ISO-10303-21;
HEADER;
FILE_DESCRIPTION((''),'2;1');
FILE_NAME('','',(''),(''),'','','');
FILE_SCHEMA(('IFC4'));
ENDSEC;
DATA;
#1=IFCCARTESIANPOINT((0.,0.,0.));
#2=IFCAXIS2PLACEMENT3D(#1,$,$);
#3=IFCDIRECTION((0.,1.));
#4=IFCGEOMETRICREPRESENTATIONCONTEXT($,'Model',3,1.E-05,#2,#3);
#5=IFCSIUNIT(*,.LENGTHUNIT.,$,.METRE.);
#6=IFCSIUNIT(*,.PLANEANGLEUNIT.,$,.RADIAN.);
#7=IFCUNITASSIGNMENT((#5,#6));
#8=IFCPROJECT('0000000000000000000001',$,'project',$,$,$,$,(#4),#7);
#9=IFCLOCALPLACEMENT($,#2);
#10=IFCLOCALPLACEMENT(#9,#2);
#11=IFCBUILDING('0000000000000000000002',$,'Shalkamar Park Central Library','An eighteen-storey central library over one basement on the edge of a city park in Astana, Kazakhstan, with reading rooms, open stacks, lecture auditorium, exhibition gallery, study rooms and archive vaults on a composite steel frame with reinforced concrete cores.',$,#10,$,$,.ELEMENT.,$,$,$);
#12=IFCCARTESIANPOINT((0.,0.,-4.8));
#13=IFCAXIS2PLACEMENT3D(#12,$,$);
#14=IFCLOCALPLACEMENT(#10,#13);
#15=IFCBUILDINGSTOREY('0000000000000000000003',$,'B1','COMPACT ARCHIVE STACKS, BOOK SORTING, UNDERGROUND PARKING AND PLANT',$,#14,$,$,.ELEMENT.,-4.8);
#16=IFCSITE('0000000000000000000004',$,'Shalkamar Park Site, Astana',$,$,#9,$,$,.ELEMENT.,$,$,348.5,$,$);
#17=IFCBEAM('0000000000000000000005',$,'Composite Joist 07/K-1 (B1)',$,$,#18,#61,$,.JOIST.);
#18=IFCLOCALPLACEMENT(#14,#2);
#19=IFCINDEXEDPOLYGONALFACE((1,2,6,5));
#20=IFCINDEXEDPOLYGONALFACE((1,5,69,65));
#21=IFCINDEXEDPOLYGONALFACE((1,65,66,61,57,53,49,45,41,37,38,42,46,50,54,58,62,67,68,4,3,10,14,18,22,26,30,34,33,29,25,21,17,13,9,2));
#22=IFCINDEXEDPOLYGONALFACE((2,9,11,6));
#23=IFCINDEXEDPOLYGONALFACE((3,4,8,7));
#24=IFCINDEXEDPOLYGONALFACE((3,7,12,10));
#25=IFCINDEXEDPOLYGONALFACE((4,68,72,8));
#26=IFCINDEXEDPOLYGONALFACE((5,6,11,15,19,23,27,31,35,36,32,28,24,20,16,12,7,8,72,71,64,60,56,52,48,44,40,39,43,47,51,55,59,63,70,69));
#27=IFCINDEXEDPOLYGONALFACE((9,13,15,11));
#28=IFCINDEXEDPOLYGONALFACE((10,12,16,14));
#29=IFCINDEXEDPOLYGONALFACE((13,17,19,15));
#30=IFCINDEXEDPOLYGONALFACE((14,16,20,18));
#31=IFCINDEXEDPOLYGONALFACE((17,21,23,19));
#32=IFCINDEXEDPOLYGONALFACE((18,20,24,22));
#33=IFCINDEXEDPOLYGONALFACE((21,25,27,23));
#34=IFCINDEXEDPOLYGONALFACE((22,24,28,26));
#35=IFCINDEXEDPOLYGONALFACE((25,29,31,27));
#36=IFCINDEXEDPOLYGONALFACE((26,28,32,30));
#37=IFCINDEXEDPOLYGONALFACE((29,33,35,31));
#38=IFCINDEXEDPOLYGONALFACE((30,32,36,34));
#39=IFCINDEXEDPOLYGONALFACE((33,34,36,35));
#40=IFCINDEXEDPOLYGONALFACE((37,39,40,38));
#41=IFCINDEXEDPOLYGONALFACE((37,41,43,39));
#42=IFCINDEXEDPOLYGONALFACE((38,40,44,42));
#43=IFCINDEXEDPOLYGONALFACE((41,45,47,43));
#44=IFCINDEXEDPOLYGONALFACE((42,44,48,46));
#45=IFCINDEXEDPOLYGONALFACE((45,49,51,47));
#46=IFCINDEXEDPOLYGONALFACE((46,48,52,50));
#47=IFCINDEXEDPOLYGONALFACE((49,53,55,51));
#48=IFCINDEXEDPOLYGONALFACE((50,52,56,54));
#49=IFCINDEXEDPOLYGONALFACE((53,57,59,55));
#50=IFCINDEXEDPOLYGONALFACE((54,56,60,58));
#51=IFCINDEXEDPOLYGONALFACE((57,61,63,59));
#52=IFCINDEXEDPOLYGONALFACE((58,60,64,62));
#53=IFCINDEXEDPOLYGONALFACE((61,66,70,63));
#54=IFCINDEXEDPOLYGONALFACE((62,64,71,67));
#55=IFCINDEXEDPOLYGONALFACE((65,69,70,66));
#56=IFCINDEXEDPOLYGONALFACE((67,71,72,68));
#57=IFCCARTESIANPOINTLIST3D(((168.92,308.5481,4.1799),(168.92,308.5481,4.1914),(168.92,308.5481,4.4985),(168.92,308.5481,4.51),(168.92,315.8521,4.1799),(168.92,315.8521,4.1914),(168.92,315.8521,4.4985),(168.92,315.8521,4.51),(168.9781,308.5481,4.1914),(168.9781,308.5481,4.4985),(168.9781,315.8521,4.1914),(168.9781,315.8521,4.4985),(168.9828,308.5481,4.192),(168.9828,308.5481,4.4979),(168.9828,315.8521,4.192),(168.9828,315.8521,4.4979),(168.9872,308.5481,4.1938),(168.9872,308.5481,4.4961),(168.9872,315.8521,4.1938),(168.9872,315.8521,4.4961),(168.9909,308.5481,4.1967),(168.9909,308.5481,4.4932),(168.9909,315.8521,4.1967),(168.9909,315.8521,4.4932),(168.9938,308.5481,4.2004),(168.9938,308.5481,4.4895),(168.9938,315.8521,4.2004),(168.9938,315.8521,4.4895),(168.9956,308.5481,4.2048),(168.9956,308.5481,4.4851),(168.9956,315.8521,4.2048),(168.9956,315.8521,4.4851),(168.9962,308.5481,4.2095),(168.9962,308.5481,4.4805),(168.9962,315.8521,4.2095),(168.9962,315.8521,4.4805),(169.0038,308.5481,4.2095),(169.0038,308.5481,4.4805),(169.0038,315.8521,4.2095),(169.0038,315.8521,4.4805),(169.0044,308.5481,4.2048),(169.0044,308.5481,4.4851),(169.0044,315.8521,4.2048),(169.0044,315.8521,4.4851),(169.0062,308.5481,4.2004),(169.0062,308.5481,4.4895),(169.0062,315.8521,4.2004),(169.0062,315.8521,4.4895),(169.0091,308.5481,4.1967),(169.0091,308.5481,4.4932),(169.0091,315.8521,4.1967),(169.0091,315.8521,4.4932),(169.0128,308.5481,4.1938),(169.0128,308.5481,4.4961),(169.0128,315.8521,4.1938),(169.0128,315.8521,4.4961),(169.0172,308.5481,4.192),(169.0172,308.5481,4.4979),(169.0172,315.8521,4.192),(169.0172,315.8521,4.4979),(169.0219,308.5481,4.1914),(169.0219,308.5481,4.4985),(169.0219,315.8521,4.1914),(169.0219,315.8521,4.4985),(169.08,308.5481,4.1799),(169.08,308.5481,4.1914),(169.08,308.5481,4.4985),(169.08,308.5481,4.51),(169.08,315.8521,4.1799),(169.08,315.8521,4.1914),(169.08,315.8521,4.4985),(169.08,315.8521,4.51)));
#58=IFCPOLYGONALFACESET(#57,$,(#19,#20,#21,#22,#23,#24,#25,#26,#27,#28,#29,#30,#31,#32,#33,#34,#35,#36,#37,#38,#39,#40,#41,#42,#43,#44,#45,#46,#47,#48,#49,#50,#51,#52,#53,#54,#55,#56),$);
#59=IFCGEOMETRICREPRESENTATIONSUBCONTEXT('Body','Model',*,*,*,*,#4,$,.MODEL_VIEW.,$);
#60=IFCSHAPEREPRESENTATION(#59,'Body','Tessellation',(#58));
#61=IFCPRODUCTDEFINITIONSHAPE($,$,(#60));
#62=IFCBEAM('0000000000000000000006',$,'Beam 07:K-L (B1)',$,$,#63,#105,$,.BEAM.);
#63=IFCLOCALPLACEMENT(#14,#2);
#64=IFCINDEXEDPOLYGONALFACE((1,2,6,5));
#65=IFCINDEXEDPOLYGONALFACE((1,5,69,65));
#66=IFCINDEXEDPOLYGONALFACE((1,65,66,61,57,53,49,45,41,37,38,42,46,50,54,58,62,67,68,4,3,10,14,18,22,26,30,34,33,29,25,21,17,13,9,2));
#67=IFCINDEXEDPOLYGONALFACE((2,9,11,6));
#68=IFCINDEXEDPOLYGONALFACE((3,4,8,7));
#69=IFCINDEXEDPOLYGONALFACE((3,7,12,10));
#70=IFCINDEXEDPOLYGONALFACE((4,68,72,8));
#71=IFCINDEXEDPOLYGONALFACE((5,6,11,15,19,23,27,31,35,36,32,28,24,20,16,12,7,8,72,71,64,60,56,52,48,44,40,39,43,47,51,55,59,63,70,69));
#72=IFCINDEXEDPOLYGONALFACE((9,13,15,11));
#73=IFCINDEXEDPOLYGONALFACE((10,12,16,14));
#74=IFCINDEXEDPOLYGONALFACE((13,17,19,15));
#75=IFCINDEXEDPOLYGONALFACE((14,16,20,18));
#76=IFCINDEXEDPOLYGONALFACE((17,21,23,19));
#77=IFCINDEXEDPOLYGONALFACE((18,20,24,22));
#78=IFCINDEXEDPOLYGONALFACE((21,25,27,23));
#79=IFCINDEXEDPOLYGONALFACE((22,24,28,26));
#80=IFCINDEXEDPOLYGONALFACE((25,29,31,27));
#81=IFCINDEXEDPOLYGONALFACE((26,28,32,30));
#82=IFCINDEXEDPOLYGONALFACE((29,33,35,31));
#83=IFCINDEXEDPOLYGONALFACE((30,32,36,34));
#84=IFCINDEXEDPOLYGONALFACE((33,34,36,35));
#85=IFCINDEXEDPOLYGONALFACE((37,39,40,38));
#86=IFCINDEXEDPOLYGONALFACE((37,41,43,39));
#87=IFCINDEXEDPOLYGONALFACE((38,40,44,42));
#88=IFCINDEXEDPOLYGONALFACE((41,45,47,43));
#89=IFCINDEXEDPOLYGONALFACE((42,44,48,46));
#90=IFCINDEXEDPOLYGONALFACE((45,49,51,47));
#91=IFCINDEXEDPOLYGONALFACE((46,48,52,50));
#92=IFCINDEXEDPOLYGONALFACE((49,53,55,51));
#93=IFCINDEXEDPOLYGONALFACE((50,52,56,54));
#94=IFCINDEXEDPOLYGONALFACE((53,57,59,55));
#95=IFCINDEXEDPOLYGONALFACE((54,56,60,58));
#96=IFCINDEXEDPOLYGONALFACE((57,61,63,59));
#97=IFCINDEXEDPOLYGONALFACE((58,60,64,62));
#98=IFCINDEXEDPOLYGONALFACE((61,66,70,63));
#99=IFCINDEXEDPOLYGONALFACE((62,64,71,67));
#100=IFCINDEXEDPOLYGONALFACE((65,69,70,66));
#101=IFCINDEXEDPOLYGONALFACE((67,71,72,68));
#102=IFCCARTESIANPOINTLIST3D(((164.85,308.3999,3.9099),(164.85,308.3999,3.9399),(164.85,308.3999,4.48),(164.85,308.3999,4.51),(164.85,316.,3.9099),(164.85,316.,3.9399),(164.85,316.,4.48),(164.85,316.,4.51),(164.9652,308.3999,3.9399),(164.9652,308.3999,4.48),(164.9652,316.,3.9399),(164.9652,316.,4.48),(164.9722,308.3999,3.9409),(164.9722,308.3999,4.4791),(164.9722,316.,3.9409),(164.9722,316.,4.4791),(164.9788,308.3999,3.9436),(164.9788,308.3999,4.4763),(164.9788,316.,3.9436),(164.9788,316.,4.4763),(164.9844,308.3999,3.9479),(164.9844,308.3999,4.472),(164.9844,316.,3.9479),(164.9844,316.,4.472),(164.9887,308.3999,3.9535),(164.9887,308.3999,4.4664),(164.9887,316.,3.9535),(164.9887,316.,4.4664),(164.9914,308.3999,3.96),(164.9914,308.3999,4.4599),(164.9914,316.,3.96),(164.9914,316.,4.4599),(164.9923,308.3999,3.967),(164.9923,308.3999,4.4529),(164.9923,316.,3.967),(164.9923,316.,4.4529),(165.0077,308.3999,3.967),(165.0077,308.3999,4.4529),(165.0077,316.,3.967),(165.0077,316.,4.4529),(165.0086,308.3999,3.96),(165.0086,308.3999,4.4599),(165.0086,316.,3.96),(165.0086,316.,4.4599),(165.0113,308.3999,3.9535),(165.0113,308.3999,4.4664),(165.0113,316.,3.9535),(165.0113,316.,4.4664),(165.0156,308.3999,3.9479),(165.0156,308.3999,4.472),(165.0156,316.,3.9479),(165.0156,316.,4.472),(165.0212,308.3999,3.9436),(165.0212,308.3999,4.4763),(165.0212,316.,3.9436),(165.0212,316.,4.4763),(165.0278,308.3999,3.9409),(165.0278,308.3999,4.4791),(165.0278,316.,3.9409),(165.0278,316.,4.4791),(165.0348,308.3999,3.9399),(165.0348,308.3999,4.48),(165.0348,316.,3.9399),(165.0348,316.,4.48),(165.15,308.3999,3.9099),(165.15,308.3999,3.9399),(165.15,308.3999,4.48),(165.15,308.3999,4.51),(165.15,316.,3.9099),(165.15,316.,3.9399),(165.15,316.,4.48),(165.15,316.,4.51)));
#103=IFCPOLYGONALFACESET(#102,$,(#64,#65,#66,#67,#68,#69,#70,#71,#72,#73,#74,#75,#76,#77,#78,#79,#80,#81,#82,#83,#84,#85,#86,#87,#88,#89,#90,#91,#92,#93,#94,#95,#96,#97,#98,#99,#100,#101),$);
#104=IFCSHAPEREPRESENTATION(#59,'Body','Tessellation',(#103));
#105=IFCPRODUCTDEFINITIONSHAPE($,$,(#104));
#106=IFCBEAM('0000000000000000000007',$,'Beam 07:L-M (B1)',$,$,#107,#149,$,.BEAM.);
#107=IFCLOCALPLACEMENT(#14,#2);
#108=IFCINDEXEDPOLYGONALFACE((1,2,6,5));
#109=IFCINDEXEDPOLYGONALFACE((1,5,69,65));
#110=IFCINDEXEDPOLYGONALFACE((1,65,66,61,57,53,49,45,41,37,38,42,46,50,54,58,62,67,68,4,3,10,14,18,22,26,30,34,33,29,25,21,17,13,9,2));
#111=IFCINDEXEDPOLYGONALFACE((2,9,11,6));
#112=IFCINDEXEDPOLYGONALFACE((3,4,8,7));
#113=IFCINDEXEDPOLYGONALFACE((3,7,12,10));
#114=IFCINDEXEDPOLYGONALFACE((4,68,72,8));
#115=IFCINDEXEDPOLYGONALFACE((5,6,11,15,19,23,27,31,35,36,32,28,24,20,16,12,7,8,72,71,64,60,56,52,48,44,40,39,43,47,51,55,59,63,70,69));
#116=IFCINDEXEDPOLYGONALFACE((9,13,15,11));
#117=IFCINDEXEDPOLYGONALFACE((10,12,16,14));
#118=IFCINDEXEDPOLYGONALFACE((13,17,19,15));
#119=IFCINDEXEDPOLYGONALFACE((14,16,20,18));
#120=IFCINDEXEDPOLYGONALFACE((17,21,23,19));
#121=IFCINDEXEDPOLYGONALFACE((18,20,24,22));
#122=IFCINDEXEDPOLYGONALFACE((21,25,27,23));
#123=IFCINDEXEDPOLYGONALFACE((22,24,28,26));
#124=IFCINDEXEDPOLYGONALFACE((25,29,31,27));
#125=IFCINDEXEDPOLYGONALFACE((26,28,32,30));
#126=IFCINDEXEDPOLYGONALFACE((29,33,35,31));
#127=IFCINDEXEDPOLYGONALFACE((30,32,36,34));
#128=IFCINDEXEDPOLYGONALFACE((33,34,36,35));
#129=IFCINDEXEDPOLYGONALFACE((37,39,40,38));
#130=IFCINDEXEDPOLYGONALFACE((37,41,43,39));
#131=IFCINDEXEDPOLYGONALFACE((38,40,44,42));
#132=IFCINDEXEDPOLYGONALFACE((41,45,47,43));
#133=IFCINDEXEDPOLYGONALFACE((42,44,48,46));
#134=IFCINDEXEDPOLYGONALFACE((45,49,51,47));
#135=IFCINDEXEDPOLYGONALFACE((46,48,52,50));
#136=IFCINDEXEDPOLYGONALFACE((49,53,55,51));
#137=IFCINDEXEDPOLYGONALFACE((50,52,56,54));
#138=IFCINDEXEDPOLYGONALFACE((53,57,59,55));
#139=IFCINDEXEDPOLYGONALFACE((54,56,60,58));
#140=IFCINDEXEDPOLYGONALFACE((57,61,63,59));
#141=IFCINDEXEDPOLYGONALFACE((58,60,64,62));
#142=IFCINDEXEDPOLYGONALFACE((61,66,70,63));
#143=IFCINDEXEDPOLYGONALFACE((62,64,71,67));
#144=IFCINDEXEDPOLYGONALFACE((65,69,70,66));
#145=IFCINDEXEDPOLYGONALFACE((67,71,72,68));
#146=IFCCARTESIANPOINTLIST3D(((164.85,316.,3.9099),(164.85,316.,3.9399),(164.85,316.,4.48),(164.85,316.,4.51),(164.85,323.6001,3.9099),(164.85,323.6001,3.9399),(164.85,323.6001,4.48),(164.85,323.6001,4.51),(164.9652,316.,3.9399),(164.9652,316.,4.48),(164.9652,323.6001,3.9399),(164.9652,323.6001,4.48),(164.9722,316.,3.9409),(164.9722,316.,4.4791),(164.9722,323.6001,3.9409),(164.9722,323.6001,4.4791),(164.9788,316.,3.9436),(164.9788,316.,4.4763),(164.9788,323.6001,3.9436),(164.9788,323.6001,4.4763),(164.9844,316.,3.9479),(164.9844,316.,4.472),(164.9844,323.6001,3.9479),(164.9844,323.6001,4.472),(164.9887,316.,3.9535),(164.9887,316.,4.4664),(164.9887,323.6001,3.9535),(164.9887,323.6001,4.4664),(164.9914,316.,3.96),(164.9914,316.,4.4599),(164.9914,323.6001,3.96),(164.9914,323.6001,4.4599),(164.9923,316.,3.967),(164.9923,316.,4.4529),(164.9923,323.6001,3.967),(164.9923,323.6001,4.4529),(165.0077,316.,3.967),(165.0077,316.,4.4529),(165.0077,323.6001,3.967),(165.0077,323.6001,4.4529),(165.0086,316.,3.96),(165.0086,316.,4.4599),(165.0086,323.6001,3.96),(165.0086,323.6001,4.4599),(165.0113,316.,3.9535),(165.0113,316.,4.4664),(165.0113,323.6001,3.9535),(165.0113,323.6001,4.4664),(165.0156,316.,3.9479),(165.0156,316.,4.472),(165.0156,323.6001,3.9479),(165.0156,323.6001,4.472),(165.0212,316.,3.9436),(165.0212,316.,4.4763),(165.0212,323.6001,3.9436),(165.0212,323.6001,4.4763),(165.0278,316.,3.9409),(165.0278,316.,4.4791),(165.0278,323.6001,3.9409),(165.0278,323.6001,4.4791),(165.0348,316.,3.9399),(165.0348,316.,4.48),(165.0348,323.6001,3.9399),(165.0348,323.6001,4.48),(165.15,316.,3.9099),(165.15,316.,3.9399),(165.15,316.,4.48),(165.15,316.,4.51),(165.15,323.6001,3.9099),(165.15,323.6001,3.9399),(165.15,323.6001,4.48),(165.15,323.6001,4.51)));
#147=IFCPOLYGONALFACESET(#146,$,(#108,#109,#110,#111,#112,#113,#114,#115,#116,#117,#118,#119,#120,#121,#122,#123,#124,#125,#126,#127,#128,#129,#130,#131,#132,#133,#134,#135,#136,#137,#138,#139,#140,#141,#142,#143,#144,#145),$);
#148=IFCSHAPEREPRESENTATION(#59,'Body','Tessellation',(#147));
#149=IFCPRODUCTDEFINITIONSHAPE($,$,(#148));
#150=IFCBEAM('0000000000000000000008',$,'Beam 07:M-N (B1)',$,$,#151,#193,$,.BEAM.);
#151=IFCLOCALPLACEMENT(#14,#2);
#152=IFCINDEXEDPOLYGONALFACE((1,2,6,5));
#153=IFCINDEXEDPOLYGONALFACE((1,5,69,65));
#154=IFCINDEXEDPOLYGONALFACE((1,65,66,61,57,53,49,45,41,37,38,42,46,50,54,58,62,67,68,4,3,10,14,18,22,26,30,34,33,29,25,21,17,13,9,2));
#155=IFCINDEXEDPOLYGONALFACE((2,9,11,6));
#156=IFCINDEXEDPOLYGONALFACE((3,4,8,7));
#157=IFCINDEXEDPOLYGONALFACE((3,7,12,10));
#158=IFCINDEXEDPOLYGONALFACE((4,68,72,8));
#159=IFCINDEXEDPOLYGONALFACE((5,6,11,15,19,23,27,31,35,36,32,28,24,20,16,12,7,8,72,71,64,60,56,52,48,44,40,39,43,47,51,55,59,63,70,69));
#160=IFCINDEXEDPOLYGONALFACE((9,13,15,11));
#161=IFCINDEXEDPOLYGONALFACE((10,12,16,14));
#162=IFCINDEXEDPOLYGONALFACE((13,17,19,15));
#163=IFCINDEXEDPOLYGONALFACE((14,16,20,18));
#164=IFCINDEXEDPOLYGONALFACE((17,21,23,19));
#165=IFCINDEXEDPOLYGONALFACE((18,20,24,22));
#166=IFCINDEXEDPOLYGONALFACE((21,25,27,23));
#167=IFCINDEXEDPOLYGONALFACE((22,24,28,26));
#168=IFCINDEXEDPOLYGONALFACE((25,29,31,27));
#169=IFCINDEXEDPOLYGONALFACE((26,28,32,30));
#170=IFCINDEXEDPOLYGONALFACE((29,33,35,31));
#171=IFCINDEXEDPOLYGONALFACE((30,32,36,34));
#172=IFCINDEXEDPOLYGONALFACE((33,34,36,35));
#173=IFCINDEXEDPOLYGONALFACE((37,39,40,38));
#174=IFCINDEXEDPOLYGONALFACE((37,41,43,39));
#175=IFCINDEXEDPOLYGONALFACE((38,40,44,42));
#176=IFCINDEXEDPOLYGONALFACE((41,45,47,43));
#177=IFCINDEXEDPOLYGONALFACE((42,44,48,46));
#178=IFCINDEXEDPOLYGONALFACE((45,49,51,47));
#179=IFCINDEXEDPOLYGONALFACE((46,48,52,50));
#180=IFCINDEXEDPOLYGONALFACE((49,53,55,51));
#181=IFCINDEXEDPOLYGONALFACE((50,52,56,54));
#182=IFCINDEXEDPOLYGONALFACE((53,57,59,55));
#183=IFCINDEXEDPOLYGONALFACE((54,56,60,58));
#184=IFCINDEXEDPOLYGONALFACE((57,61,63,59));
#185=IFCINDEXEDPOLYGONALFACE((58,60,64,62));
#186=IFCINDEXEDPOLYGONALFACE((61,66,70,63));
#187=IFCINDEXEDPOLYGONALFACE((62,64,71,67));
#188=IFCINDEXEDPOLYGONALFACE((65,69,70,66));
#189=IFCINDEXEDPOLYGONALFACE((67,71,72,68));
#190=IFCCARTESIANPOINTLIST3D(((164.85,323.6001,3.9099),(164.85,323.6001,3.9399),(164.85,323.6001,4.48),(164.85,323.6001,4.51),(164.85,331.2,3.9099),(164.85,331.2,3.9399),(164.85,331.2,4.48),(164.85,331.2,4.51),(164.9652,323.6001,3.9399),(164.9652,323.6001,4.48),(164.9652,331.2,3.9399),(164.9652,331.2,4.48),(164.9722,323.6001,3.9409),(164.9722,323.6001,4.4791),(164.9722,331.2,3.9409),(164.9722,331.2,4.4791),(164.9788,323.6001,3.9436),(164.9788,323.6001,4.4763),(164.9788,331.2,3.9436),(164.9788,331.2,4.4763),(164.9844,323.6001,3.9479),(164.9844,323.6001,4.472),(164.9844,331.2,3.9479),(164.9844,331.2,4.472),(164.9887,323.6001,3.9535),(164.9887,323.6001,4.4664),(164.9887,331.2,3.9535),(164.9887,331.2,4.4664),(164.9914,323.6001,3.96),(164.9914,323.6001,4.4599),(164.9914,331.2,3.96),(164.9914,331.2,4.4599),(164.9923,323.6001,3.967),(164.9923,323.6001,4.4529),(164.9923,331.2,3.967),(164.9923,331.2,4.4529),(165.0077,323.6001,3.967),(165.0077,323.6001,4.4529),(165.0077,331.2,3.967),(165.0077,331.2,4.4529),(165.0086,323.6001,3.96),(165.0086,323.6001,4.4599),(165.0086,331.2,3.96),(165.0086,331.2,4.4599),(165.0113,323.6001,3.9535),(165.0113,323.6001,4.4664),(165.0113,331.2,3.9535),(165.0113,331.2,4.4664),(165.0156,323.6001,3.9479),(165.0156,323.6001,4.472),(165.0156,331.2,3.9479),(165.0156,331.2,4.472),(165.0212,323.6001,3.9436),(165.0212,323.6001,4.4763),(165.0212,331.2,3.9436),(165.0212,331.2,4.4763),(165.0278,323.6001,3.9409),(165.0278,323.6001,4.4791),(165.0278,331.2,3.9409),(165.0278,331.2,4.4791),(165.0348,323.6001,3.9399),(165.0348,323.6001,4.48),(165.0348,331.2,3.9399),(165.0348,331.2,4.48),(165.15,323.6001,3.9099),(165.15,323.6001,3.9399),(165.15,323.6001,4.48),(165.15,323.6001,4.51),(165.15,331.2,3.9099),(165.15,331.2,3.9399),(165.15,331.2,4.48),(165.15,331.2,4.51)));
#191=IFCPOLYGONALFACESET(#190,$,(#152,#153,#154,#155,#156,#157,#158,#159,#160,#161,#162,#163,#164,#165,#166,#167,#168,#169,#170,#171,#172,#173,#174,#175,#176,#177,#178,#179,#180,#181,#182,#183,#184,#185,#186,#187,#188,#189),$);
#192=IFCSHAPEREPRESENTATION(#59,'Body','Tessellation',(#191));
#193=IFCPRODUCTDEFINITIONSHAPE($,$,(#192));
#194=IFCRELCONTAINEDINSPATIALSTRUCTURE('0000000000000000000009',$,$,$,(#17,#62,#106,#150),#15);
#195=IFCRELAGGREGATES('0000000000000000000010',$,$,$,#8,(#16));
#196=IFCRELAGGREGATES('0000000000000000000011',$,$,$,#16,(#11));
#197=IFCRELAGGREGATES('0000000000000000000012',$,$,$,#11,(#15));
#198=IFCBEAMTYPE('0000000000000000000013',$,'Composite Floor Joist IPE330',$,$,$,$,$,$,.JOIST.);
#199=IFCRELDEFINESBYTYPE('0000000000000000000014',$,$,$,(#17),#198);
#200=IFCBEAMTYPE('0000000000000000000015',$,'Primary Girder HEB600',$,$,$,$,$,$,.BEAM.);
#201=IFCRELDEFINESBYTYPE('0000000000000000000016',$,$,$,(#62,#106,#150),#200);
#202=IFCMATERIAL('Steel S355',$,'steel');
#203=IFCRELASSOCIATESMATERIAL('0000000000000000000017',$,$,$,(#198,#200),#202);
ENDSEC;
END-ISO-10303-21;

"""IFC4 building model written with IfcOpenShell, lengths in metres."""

from ifc_helpers import new_model, si_unit, direction, frame, origin, origin_2d, place, context, subcontext, project, spatial, i_section, extrude, material, material_profile, profile_set, type_object, element, save


model = new_model("IFC4")

# Units and contexts
model_context = context("Model", 3, precision=1e-05, world=origin(), true_north=direction((0.0, 1.0)))
body_context = subcontext(model_context, "Body", "Model", "MODEL_VIEW")
ifc_project = project(units=[si_unit("LENGTHUNIT", "METRE"), si_unit("PLANEANGLEUNIT", "RADIAN")], contexts=[model_context])

# Site, building, storey
site_placement = place(None, origin())
site = spatial("IfcSite", under=ifc_project, at=site_placement, Name="Shalkamar Park Site, Astana", CompositionType="ELEMENT", RefElevation=348.5)
building_placement = place(site_placement, origin())
building = spatial("IfcBuilding", under=site, at=building_placement, Name="Shalkamar Park Central Library", Description="An eighteen-storey central library over one basement on the edge of a city park in Astana, Kazakhstan, with reading rooms, open stacks, lecture auditorium, exhibition gallery, study rooms and archive vaults on a composite steel frame with reinforced concrete cores.", CompositionType="ELEMENT")
storey_placement = place(building_placement, frame((0.0, 0.0, -4.8)))
storey = spatial("IfcBuildingStorey", under=building, at=storey_placement, Name="B1", Description="COMPACT ARCHIVE STACKS, BOOK SORTING, UNDERGROUND PARKING AND PLANT", CompositionType="ELEMENT", Elevation=-4.8)

# Shared definitions
ifc_material_1 = material(Name="Steel S355", Category="steel")

# Beams
ifc_material_profile_1 = material_profile(ifc_material_1, i_section(OverallWidth=0.1599, OverallDepth=0.3301, WebThickness=0.0076, FlangeThickness=0.0115, FilletRadius=0.0181, at=origin_2d()), Name="IPE 330")
ifc_profile_set_1 = profile_set([ifc_material_profile_1], Name="Steel S355")
beam_type_1 = type_object("IfcBeamType", Name="Composite Floor Joist IPE330", PredefinedType="JOIST", material=ifc_profile_set_1)
beam_1_placement = place(storey_placement, frame((169.0, 308.5481, 4.345), z_axis=(0.0, 1.0, 0.0), x_axis=(-1.0, 0.0, 0.0)))
element("IfcBeam", 1, at=beam_1_placement, inside=storey, type_object=beam_type_1, Name="Composite Joist 07/K-1 (B1)", PredefinedType="JOIST", context=body_context, shape_type="SweptSolid", body=[
    extrude(i_section(OverallWidth=0.1599, OverallDepth=0.3301, WebThickness=0.0076, FlangeThickness=0.0115, FilletRadius=0.0181, at=origin_2d()), origin(), (0.0, 0.0, 1.0), 7.304),
])
ifc_material_profile_2 = material_profile(ifc_material_1, i_section(OverallWidth=0.3, OverallDepth=0.6001, WebThickness=0.0154, FlangeThickness=0.03, FilletRadius=0.0271, at=origin_2d()), Name="HEB 600")
ifc_profile_set_2 = profile_set([ifc_material_profile_2], Name="Steel S355")
beam_type_2 = type_object("IfcBeamType", Name="Primary Girder HEB600", PredefinedType="BEAM", material=ifc_profile_set_2)
for number, where, z_axis, x_axis, name in (
    (2, (165.0, 308.3999, 4.21), (0.0, 1.0, 0.0), (-1.0, 0.0, 0.0), "Beam 07:K-L (B1)"),
    (3, (165.0, 316.0, 4.21), (0.0, 1.0, 0.0), (-1.0, 0.0, 0.0), "Beam 07:L-M (B1)"),
):
    element("IfcBeam", number, at=place(storey_placement, frame(where, z_axis=z_axis, x_axis=x_axis)), inside=storey, type_object=beam_type_2, Name=name, PredefinedType="BEAM", context=body_context, shape_type="SweptSolid", body=[
        extrude(i_section(OverallWidth=0.3, OverallDepth=0.6001, WebThickness=0.0154, FlangeThickness=0.03, FilletRadius=0.0271, at=origin_2d()), origin(), (0.0, 0.0, 1.0), 7.6001),
    ])
beam_2_placement = place(storey_placement, frame((165.0, 323.6001, 4.21), z_axis=(0.0, 1.0, 0.0), x_axis=(-1.0, 0.0, 0.0)))
element("IfcBeam", 4, at=beam_2_placement, inside=storey, type_object=beam_type_2, Name="Beam 07:M-N (B1)", PredefinedType="BEAM", context=body_context, shape_type="SweptSolid", body=[
    extrude(i_section(OverallWidth=0.3, OverallDepth=0.6001, WebThickness=0.0154, FlangeThickness=0.03, FilletRadius=0.0271, at=origin_2d()), origin(), (0.0, 0.0, 1.0), 7.5999),
])

save(model, "model.ifc")
